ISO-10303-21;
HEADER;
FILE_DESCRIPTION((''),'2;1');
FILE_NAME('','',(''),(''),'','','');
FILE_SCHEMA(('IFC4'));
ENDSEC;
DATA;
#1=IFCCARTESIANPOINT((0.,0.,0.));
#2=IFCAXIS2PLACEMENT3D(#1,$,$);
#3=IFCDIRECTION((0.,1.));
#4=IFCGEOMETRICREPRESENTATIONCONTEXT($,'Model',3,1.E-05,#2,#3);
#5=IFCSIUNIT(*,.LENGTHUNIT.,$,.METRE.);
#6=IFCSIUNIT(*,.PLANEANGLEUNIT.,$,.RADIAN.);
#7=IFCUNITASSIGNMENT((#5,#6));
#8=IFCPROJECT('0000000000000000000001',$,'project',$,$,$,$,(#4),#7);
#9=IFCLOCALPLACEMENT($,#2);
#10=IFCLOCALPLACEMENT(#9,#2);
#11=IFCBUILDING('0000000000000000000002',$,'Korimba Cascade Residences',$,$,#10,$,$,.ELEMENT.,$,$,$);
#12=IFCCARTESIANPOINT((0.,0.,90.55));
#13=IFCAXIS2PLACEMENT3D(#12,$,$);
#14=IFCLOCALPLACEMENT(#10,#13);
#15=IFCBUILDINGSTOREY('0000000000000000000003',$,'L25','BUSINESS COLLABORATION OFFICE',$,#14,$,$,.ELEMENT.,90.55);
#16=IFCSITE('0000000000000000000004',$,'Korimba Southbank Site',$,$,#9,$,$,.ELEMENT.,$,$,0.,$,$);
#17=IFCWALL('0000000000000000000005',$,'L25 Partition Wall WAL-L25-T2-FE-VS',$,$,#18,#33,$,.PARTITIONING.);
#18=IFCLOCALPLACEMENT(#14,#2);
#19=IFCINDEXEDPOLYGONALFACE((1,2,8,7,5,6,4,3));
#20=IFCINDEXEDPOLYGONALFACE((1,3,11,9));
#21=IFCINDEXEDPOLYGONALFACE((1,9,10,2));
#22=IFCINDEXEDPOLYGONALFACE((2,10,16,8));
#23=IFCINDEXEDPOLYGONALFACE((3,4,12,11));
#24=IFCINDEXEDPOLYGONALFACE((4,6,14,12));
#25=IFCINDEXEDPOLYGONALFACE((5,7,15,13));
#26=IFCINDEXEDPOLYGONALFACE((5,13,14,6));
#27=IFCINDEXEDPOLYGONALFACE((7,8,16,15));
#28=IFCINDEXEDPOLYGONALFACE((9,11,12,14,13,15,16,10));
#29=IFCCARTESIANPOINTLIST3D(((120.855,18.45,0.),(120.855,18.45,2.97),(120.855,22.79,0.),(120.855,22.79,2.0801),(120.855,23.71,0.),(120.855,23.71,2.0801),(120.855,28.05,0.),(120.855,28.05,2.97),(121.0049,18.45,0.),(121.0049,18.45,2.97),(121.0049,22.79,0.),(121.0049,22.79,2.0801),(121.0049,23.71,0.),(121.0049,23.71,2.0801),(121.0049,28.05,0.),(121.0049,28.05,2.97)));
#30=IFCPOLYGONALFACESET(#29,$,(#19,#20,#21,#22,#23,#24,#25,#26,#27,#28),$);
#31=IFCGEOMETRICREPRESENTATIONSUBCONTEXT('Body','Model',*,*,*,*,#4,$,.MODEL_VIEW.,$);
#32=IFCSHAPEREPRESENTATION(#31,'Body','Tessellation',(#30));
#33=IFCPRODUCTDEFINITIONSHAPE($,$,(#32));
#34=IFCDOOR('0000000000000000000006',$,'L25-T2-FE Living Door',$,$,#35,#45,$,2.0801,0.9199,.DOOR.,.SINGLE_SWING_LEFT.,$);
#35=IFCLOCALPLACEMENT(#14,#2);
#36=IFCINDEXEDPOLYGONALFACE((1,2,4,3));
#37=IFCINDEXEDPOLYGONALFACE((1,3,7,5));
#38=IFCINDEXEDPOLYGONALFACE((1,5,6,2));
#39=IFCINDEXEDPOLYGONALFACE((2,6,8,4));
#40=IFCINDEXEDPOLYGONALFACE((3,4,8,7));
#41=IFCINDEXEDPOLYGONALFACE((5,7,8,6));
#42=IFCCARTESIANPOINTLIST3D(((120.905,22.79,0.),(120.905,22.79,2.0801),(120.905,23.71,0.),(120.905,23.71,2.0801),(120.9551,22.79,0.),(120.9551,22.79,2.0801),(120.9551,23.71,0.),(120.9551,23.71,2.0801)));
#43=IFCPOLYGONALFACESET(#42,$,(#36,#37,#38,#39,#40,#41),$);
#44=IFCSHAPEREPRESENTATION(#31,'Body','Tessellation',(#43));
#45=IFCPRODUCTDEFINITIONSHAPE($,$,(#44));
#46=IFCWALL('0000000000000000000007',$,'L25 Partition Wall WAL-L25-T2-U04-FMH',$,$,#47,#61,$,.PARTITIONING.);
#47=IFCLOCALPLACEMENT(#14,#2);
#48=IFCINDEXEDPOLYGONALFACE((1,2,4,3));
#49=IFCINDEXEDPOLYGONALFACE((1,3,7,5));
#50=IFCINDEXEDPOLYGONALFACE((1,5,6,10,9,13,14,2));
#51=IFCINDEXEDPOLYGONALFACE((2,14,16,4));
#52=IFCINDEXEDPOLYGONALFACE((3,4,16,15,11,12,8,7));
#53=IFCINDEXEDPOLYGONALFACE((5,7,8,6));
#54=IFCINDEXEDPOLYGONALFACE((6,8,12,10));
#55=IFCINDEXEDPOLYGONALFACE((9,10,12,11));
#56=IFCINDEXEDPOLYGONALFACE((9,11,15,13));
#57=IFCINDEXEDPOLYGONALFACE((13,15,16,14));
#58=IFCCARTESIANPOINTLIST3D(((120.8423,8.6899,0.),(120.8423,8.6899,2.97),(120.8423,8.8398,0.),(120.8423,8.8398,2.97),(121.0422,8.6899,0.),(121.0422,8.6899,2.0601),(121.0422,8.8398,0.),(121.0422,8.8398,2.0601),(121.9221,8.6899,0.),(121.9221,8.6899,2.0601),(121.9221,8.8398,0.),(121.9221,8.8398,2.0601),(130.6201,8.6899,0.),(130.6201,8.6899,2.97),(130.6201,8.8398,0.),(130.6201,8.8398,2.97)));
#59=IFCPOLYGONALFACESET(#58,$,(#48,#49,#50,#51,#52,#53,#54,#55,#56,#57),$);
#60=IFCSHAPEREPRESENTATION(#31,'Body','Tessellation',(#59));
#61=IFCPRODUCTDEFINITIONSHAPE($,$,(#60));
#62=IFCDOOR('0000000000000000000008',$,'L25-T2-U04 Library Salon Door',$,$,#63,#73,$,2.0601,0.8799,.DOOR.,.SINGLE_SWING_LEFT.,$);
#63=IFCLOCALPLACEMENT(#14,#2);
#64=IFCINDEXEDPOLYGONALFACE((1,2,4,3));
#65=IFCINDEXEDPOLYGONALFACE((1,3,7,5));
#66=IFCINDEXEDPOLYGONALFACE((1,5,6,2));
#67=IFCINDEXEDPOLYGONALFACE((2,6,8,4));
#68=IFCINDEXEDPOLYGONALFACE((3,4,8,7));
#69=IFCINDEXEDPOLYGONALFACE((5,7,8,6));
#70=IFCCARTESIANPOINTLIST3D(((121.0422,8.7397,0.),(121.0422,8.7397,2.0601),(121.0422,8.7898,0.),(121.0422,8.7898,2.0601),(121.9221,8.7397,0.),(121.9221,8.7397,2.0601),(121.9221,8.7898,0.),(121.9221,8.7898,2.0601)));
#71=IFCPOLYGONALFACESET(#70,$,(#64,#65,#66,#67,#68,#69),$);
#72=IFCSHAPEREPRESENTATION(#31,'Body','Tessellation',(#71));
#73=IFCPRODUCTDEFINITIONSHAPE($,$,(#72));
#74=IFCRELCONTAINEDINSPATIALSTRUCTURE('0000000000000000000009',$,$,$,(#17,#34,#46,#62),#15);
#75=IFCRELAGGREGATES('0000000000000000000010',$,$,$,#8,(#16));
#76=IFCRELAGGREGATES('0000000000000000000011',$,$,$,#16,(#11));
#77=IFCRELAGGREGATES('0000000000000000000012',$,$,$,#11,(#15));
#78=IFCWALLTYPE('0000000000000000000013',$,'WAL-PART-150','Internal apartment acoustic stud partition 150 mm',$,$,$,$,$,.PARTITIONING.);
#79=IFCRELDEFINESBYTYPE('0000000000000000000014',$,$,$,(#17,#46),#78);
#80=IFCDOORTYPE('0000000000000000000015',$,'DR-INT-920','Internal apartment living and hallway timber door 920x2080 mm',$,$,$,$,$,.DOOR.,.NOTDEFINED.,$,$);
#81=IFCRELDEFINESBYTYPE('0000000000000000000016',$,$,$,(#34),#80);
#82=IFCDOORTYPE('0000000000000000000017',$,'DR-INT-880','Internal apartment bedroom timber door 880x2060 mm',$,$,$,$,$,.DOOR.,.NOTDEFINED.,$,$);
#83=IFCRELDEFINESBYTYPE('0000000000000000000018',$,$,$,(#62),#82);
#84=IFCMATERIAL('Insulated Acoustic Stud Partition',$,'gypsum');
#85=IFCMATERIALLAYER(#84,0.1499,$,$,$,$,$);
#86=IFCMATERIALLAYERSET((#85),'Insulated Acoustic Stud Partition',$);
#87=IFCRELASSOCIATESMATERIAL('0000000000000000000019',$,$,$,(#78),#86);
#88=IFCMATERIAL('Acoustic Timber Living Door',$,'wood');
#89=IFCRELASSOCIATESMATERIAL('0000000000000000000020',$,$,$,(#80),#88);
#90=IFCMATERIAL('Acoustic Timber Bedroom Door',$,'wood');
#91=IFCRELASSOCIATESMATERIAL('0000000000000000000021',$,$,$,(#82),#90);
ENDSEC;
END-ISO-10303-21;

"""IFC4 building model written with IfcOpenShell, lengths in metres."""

from ifc_helpers import new_model, si_unit, direction, frame, frame_2d, origin, place, context, subcontext, project, spatial, rectangle, extrude, material, layer, layer_set, type_object, element, fill, save


model = new_model("IFC4")

# Units and contexts
model_context = context("Model", 3, precision=1e-05, world=origin(), true_north=direction((0.0, 1.0)))
body_context = subcontext(model_context, "Body", "Model", "MODEL_VIEW")
ifc_project = project(units=[si_unit("LENGTHUNIT", "METRE"), si_unit("PLANEANGLEUNIT", "RADIAN")], contexts=[model_context])

# Site, building, storey
site_placement = place(None, origin())
site = spatial("IfcSite", under=ifc_project, at=site_placement, Name="Korimba Southbank Site", CompositionType="ELEMENT", RefElevation=0.0)
building_placement = place(site_placement, origin())
building = spatial("IfcBuilding", under=site, at=building_placement, Name="Korimba Cascade Residences", CompositionType="ELEMENT")
storey_placement = place(building_placement, frame((0.0, 0.0, 90.55)))
storey = spatial("IfcBuildingStorey", under=building, at=storey_placement, Name="L25", Description="BUSINESS COLLABORATION OFFICE", CompositionType="ELEMENT", Elevation=90.55)

# Walls, openings, doors
ifc_material_1 = material(Name="Insulated Acoustic Stud Partition", Category="gypsum")
ifc_layer_1 = layer(ifc_material_1, 0.1499)
ifc_layer_set_1 = layer_set([ifc_layer_1], Name="Insulated Acoustic Stud Partition")
wall_type_1 = type_object("IfcWallType", Name="WAL-PART-150", Description="Internal apartment acoustic stud partition 150 mm", PredefinedType="PARTITIONING", material=ifc_layer_set_1)
wall_1_placement = place(storey_placement, frame((120.9299, 18.45, 0.0), z_axis=(0.0, 0.0, 1.0), x_axis=(0.0, 1.0, 0.0)))
wall_1 = element("IfcWall", 1, at=wall_1_placement, inside=storey, type_object=wall_type_1, Name="L25 Partition Wall WAL-L25-T2-FE-VS", PredefinedType="PARTITIONING", context=body_context, shape_type="SweptSolid", body=[
    extrude(rectangle(XDim=9.6001, YDim=0.1499, at=frame_2d((4.8, 0.0))), origin(), (0.0, 0.0, 1.0), 2.97),
])
opening_1_placement = place(wall_1_placement, frame((4.3401, 0.0, 0.0)))
opening_1 = element("IfcOpeningElement", 2, at=opening_1_placement, cuts=wall_1, PredefinedType="OPENING", context=body_context, shape_type="SweptSolid", body=[
    extrude(rectangle(XDim=0.9199, YDim=2.0801, at=frame_2d((0.46, 1.04))), frame((0.0, 0.085, 0.0), z_axis=(0.0, -1.0, 0.0), x_axis=(1.0, 0.0, 0.0)), (0.0, 0.0, 1.0), 0.1699),
])
ifc_material_2 = material(Name="Acoustic Timber Living Door", Category="wood")
door_type_1 = type_object("IfcDoorType", Name="DR-INT-920", Description="Internal apartment living and hallway timber door 920x2080 mm", OperationType="NOTDEFINED", PredefinedType="DOOR", material=ifc_material_2)
door_1_placement = place(opening_1_placement, origin())
door_1 = element("IfcDoor", 3, at=door_1_placement, inside=storey, type_object=door_type_1, Name="L25-T2-FE Living Door", OperationType="SINGLE_SWING_LEFT", OverallHeight=2.0801, OverallWidth=0.9199, PredefinedType="DOOR", context=body_context, shape_type="SweptSolid", body=[
    extrude(rectangle(XDim=0.9199, YDim=2.0801, at=frame_2d((0.46, 1.04))), frame((0.0, 0.0249, 0.0), z_axis=(0.0, -1.0, 0.0), x_axis=(1.0, 0.0, 0.0)), (0.0, 0.0, 1.0), 0.05),
])
fill(opening_1, door_1)
wall_2_placement = place(storey_placement, frame((120.8423, 8.7649, 0.0), z_axis=(0.0, 0.0, 1.0), x_axis=(1.0, 0.0, 0.0)))
wall_2 = element("IfcWall", 4, at=wall_2_placement, inside=storey, type_object=wall_type_1, Name="L25 Partition Wall WAL-L25-T2-U04-FMH", PredefinedType="PARTITIONING", context=body_context, shape_type="SweptSolid", body=[
    extrude(rectangle(XDim=9.7778, YDim=0.1499, at=frame_2d((4.8889, 0.0))), origin(), (0.0, 0.0, 1.0), 2.97),
])
opening_2_placement = place(wall_2_placement, frame((0.2, 0.0, 0.0)))
opening_2 = element("IfcOpeningElement", 5, at=opening_2_placement, cuts=wall_2, PredefinedType="OPENING", context=body_context, shape_type="SweptSolid", body=[
    extrude(rectangle(XDim=0.8799, YDim=2.0601, at=frame_2d((0.4399, 1.03))), frame((0.0, 0.085, 0.0), z_axis=(0.0, -1.0, 0.0), x_axis=(1.0, 0.0, 0.0)), (0.0, 0.0, 1.0), 0.1699),
])
ifc_material_3 = material(Name="Acoustic Timber Bedroom Door", Category="wood")
door_type_2 = type_object("IfcDoorType", Name="DR-INT-880", Description="Internal apartment bedroom timber door 880x2060 mm", OperationType="NOTDEFINED", PredefinedType="DOOR", material=ifc_material_3)
door_2_placement = place(opening_2_placement, origin())
door_2 = element("IfcDoor", 6, at=door_2_placement, inside=storey, type_object=door_type_2, Name="L25-T2-U04 Library Salon Door", OperationType="SINGLE_SWING_LEFT", OverallHeight=2.0601, OverallWidth=0.8799, PredefinedType="DOOR", context=body_context, shape_type="SweptSolid", body=[
    extrude(rectangle(XDim=0.8799, YDim=2.0601, at=frame_2d((0.4399, 1.03))), frame((0.0, 0.0249, 0.0), z_axis=(0.0, -1.0, 0.0), x_axis=(1.0, 0.0, 0.0)), (0.0, 0.0, 1.0), 0.05),
])
fill(opening_2, door_2)

save(model, "model.ifc")
